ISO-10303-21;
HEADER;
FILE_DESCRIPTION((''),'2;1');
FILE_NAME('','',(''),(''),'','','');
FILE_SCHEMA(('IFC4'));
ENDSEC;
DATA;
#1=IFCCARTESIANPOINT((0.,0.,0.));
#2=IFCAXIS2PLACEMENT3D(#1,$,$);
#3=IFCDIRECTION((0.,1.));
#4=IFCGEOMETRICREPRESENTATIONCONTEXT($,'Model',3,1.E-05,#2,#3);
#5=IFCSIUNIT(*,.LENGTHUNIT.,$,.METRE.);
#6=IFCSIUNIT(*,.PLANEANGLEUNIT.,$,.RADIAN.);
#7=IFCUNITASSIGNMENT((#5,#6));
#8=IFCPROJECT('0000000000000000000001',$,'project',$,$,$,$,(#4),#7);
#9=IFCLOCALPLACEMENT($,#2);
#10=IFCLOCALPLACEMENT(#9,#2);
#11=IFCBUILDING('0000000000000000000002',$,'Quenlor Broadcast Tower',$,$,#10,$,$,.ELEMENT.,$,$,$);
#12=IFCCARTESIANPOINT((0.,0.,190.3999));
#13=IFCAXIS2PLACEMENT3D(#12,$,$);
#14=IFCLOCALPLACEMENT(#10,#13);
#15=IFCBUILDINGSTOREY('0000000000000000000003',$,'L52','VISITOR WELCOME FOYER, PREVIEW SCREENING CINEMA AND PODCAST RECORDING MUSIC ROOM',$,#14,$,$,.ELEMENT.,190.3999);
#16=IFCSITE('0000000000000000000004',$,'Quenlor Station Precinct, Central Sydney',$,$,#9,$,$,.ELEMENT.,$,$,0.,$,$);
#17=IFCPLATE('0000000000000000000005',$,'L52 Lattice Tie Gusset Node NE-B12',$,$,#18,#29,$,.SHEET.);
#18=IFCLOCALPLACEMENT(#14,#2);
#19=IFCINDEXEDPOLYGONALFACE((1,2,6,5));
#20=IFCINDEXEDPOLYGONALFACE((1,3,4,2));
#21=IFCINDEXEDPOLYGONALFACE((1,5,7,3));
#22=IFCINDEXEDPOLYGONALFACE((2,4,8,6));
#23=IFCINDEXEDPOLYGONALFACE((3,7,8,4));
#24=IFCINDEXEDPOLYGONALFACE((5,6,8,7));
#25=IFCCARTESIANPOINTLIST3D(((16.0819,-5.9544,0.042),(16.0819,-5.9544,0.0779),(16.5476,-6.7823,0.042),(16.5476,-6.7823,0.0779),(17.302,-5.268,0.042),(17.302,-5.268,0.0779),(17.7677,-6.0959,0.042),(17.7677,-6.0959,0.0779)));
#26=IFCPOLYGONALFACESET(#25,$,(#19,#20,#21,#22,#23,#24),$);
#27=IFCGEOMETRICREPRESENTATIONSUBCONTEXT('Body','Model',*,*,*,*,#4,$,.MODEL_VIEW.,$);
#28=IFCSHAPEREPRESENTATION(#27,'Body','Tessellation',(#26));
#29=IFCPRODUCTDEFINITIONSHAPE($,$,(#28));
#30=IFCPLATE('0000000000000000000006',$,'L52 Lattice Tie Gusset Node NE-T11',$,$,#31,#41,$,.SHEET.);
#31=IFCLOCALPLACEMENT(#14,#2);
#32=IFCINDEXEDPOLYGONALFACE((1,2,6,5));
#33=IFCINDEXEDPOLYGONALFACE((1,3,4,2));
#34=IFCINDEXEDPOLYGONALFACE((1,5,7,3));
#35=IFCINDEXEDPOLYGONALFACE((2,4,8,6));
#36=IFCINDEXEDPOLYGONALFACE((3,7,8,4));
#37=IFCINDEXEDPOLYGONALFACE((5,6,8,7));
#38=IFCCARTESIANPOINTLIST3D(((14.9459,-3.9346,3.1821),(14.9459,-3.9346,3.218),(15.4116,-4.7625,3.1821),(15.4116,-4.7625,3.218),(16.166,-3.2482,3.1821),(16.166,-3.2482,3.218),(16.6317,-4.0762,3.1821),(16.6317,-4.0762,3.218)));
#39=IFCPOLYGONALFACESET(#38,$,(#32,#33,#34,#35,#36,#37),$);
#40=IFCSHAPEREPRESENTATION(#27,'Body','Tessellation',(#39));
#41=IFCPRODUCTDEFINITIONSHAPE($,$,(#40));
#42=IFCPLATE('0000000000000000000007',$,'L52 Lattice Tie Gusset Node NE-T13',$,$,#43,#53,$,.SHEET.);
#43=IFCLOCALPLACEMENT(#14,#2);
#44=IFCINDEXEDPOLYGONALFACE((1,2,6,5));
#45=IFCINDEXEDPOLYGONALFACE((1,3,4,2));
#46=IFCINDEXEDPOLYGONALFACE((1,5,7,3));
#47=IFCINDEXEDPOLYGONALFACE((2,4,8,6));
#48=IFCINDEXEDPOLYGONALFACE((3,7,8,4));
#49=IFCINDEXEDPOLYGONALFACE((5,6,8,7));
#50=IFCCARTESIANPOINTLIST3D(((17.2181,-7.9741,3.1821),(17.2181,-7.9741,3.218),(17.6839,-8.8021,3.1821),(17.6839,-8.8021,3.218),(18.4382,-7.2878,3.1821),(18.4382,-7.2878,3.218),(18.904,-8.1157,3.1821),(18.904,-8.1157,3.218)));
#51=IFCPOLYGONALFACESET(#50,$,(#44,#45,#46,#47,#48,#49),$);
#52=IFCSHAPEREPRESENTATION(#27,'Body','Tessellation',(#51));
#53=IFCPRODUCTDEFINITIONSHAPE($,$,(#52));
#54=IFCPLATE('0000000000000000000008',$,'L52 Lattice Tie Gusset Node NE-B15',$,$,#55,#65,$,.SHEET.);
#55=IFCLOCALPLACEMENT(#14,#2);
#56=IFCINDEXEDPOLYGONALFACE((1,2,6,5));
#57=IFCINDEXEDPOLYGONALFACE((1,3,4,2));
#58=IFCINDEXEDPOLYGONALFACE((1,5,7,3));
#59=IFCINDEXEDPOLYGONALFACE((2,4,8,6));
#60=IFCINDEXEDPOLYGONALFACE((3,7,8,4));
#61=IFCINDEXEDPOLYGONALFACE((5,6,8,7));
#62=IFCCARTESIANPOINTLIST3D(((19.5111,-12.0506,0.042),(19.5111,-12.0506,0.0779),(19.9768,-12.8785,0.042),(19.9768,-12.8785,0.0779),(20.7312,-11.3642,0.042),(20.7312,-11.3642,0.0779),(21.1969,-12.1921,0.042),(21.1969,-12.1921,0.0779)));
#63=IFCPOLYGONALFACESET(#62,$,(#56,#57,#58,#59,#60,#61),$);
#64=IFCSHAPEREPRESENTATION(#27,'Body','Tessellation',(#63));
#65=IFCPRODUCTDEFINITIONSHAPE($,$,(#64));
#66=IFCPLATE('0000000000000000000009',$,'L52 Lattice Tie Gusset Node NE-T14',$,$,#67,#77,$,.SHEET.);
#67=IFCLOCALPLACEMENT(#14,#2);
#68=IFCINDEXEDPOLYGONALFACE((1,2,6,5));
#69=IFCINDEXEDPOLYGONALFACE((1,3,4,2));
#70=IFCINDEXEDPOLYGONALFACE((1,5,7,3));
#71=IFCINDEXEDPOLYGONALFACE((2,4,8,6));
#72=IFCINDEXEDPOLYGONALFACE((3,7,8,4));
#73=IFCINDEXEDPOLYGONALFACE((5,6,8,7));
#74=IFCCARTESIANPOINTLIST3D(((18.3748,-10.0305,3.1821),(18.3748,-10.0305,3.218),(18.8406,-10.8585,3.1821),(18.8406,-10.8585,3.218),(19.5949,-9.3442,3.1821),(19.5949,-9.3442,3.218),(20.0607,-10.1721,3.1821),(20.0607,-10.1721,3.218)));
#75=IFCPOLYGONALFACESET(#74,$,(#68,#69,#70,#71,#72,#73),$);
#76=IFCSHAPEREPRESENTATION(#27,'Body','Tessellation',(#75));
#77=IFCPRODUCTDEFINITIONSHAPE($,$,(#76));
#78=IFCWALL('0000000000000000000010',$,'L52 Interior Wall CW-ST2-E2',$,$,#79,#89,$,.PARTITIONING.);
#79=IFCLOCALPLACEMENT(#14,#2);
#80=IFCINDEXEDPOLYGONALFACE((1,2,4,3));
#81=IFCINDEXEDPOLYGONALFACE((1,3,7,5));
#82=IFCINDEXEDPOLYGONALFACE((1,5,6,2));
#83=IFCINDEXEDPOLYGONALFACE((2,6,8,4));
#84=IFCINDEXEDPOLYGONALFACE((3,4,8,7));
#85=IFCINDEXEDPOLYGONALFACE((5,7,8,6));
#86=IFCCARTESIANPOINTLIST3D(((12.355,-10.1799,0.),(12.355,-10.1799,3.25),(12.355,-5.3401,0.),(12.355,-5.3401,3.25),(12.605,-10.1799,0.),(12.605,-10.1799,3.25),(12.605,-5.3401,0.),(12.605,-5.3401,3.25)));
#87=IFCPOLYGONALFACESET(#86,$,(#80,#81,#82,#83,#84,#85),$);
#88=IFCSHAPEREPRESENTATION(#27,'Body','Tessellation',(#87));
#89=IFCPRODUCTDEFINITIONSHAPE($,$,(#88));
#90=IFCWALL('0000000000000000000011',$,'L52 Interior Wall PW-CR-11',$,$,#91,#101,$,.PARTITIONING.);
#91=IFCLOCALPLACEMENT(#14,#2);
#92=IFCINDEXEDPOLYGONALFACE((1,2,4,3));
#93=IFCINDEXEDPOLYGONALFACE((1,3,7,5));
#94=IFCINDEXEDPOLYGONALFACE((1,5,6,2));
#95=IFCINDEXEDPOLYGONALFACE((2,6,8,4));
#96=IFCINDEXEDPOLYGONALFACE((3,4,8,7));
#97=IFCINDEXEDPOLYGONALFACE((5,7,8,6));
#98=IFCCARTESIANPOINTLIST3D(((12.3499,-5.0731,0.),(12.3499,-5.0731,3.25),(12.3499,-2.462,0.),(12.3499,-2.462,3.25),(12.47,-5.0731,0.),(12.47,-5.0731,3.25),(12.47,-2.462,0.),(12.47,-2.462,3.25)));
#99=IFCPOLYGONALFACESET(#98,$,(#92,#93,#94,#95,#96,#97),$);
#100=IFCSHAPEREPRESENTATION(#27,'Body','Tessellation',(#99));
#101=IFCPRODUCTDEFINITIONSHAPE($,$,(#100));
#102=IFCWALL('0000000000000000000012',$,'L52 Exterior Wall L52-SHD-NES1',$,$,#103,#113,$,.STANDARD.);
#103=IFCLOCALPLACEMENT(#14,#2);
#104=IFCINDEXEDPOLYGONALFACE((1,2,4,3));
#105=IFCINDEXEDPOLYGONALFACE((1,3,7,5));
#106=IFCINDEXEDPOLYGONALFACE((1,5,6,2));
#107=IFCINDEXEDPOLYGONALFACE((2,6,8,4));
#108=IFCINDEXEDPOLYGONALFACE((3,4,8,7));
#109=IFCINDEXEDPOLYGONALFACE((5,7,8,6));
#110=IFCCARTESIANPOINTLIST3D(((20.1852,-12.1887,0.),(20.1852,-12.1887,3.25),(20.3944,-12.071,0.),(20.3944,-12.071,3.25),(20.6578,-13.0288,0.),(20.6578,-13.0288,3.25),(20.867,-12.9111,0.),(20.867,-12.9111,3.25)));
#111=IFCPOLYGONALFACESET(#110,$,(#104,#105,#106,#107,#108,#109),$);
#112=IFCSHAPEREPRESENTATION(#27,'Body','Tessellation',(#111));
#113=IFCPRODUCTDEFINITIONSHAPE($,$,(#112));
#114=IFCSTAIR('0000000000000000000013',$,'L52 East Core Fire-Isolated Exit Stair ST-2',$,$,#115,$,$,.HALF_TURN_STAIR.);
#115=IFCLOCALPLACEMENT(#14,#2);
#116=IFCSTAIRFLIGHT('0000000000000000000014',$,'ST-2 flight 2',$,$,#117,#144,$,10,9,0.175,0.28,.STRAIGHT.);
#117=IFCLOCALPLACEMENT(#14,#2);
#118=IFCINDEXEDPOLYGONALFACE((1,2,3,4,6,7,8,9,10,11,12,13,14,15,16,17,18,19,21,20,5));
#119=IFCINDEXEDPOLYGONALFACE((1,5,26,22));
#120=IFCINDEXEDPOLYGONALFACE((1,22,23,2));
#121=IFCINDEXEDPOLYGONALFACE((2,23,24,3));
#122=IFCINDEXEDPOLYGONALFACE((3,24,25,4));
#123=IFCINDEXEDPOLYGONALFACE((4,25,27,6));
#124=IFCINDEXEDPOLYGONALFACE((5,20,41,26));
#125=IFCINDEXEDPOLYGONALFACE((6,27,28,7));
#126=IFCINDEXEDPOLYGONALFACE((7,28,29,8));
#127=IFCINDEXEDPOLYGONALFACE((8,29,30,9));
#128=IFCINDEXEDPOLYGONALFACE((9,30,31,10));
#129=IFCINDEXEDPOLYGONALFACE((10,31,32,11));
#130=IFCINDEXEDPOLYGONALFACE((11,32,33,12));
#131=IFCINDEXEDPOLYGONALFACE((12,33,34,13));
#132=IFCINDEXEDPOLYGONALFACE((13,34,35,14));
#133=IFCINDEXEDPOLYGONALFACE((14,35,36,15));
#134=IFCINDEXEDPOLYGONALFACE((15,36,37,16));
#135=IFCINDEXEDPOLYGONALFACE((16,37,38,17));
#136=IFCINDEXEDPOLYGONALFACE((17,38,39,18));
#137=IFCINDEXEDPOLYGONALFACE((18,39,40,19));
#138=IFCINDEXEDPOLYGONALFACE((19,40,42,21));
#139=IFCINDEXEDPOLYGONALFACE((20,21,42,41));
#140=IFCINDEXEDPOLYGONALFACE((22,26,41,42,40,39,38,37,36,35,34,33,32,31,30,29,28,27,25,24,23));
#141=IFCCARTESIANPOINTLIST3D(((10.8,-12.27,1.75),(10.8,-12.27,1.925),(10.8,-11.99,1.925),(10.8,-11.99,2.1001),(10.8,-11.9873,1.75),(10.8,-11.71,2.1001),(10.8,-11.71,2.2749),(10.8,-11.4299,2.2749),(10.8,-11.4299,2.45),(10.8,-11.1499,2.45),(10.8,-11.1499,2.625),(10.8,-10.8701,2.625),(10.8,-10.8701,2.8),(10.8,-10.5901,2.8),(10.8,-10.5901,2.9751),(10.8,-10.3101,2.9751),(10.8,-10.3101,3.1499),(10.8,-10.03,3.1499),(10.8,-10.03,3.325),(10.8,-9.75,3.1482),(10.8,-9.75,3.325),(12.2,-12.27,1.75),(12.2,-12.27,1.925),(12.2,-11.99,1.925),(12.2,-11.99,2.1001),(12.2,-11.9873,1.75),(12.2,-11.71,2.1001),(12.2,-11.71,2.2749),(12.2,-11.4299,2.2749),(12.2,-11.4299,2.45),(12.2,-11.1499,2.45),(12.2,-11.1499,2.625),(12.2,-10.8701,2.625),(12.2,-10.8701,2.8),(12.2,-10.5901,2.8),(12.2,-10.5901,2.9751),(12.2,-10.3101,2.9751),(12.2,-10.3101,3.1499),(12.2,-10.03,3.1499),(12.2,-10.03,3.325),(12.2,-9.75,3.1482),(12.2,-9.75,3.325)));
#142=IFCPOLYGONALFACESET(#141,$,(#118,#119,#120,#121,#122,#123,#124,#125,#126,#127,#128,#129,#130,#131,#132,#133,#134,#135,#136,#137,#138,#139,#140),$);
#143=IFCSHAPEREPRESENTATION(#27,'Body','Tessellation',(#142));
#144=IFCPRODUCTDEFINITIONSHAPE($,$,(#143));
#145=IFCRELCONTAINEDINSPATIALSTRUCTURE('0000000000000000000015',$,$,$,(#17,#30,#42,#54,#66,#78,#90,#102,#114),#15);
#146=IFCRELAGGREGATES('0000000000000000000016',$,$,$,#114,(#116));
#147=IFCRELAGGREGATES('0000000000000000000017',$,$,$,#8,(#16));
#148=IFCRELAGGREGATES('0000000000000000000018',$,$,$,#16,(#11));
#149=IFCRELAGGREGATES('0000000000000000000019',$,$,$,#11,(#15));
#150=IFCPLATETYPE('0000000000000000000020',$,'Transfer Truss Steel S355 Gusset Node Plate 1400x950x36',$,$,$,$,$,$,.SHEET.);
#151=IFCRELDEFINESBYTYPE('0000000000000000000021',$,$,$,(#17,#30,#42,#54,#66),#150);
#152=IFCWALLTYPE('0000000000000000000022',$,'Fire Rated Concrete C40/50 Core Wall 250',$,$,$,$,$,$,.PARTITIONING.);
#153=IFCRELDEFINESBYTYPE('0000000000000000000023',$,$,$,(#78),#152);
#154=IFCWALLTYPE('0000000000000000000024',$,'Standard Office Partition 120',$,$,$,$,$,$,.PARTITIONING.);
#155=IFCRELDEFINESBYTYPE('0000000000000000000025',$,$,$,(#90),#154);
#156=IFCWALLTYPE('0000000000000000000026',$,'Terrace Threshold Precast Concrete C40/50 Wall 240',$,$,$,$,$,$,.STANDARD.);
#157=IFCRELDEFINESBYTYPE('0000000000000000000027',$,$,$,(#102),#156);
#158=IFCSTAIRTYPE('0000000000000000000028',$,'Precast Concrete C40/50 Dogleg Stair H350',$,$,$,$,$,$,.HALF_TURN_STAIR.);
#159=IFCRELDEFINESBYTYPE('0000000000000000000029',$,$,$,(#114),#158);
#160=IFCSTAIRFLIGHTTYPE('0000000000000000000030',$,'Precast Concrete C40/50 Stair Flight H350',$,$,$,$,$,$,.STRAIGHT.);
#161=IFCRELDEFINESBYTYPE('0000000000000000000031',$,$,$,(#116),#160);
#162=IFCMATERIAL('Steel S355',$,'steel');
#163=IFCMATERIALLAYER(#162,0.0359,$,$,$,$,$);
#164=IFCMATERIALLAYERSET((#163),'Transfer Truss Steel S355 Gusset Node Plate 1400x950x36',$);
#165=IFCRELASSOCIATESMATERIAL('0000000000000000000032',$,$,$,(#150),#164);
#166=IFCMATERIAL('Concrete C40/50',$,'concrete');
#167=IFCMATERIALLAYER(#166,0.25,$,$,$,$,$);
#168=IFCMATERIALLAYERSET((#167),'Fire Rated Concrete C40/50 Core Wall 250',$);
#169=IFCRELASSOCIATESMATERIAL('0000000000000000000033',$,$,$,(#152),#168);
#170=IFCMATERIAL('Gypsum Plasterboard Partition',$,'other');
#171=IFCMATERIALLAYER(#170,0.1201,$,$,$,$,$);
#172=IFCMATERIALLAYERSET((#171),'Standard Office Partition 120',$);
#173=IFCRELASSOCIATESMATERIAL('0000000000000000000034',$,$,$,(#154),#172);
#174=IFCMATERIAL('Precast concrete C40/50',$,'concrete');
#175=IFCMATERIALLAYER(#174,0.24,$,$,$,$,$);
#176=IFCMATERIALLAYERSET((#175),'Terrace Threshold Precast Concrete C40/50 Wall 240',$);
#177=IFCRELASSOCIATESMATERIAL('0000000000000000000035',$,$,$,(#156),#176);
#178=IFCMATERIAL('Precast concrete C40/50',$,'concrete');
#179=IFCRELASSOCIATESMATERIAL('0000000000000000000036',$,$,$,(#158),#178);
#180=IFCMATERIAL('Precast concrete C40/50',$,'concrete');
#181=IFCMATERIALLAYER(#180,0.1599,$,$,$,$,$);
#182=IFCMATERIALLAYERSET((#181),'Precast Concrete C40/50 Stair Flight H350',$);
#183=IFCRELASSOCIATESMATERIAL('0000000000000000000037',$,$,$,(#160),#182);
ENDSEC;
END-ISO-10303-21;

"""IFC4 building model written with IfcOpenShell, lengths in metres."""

from ifc_helpers import new_model, si_unit, direction, frame, frame_2d, origin, origin_2d, place, context, subcontext, project, spatial, polyline, rectangle, outline, extrude, material, layer, layer_set, type_object, element, aggregate, save


model = new_model("IFC4")

# Units and contexts
model_context = context("Model", 3, precision=1e-05, world=origin(), true_north=direction((0.0, 1.0)))
body_context = subcontext(model_context, "Body", "Model", "MODEL_VIEW")
ifc_project = project(units=[si_unit("LENGTHUNIT", "METRE"), si_unit("PLANEANGLEUNIT", "RADIAN")], contexts=[model_context])

# Site, building, storey
site_placement = place(None, origin())
site = spatial("IfcSite", under=ifc_project, at=site_placement, Name="Quenlor Station Precinct, Central Sydney", CompositionType="ELEMENT", RefElevation=0.0)
building_placement = place(site_placement, origin())
building = spatial("IfcBuilding", under=site, at=building_placement, Name="Quenlor Broadcast Tower", CompositionType="ELEMENT")
storey_placement = place(building_placement, frame((0.0, 0.0, 190.3999)))
storey = spatial("IfcBuildingStorey", under=building, at=storey_placement, Name="L52", Description="VISITOR WELCOME FOYER, PREVIEW SCREENING CINEMA AND PODCAST RECORDING MUSIC ROOM", CompositionType="ELEMENT", Elevation=190.3999)

# Plates
ifc_material_1 = material(Name="Steel S355", Category="steel")
ifc_layer_1 = layer(ifc_material_1, 0.0359)
ifc_layer_set_1 = layer_set([ifc_layer_1], Name="Transfer Truss Steel S355 Gusset Node Plate 1400x950x36")
plate_type = type_object("IfcPlateType", Name="Transfer Truss Steel S355 Gusset Node Plate 1400x950x36", PredefinedType="SHEET", material=ifc_layer_set_1)
for number, where, z_axis, x_axis, name in (
    (1, (16.9248, -6.0251, 0.042), (0.0, 0.0, 1.0), (0.871556, 0.490295, 0.0), "L52 Lattice Tie Gusset Node NE-B12"),
    (2, (15.7888, -4.0054, 3.1821), (0.0, 0.0, 1.0), (0.871556, 0.490295, 0.0), "L52 Lattice Tie Gusset Node NE-T11"),
    (3, (18.061, -8.0449, 3.1821), (0.0, 0.0, 1.0), (0.871556, 0.490295, 0.0), "L52 Lattice Tie Gusset Node NE-T13"),
    (4, (20.354, -12.1213, 0.042), (0.0, 0.0, 1.0), (0.871556, 0.490295, 0.0), "L52 Lattice Tie Gusset Node NE-B15"),
    (5, (19.2178, -10.1013, 3.1821), (0.0, 0.0, 1.0), (0.871556, 0.490295, 0.0), "L52 Lattice Tie Gusset Node NE-T14"),
):
    element("IfcPlate", number, at=place(storey_placement, frame(where, z_axis=z_axis, x_axis=x_axis)), inside=storey, type_object=plate_type, Name=name, PredefinedType="SHEET", context=body_context, shape_type="SweptSolid", body=[
        extrude(rectangle(XDim=1.3999, YDim=0.95, at=origin_2d()), origin(), (0.0, 0.0, 1.0), 0.0359),
    ])

# Walls
ifc_material_2 = material(Name="Concrete C40/50", Category="concrete")
ifc_layer_2 = layer(ifc_material_2, 0.25)
ifc_layer_set_2 = layer_set([ifc_layer_2], Name="Fire Rated Concrete C40/50 Core Wall 250")
wall_type_1 = type_object("IfcWallType", Name="Fire Rated Concrete C40/50 Core Wall 250", PredefinedType="PARTITIONING", material=ifc_layer_set_2)
wall_1_placement = place(storey_placement, frame((12.48, -10.1799, 0.0), z_axis=(0.0, 0.0, 1.0), x_axis=(0.0, 1.0, 0.0)))
element("IfcWall", 6, at=wall_1_placement, inside=storey, type_object=wall_type_1, Name="L52 Interior Wall CW-ST2-E2", PredefinedType="PARTITIONING", context=body_context, shape_type="SweptSolid", body=[
    extrude(rectangle(XDim=4.8398, YDim=0.25, at=frame_2d((2.4199, 0.0))), origin(), (0.0, 0.0, 1.0), 3.25),
])
ifc_material_3 = material(Name="Gypsum Plasterboard Partition", Category="other")
ifc_layer_3 = layer(ifc_material_3, 0.1201)
ifc_layer_set_3 = layer_set([ifc_layer_3], Name="Standard Office Partition 120")
wall_type_2 = type_object("IfcWallType", Name="Standard Office Partition 120", PredefinedType="PARTITIONING", material=ifc_layer_set_3)
wall_2_placement = place(storey_placement, frame((12.4099, -2.4619, 0.0), z_axis=(0.0, 0.0, 1.0), x_axis=(0.0, -1.0, 0.0)))
element("IfcWall", 7, at=wall_2_placement, inside=storey, type_object=wall_type_2, Name="L52 Interior Wall PW-CR-11", PredefinedType="PARTITIONING", context=body_context, shape_type="SweptSolid", body=[
    extrude(rectangle(XDim=2.6111, YDim=0.1201, at=frame_2d((1.3057, 0.0))), origin(), (0.0, 0.0, 1.0), 3.25),
])
ifc_material_4 = material(Name="Precast concrete C40/50", Category="concrete")
ifc_layer_4 = layer(ifc_material_4, 0.24)
ifc_layer_set_4 = layer_set([ifc_layer_4], Name="Terrace Threshold Precast Concrete C40/50 Wall 240")
wall_type_3 = type_object("IfcWallType", Name="Terrace Threshold Precast Concrete C40/50 Wall 240", PredefinedType="STANDARD", material=ifc_layer_set_4)
wall_3_placement = place(storey_placement, frame((20.2898, -12.1299, 0.0), z_axis=(0.0, 0.0, 1.0), x_axis=(0.490345, -0.871528, 0.0)))
element("IfcWall", 8, at=wall_3_placement, inside=storey, type_object=wall_type_3, Name="L52 Exterior Wall L52-SHD-NES1", PredefinedType="STANDARD", context=body_context, shape_type="SweptSolid", body=[
    extrude(rectangle(XDim=0.9639, YDim=0.24, at=frame_2d((0.4819, 0.0))), origin(), (0.0, 0.0, 1.0), 3.25),
])

# Stair, stair flight
ifc_material_5 = material(Name="Precast concrete C40/50", Category="concrete")
stair_type = type_object("IfcStairType", Name="Precast Concrete C40/50 Dogleg Stair H350", PredefinedType="HALF_TURN_STAIR", material=ifc_material_5)
stair_placement = place(storey_placement, origin())
stair = element("IfcStair", 9, at=stair_placement, inside=storey, type_object=stair_type, Name="L52 East Core Fire-Isolated Exit Stair ST-2", PredefinedType="HALF_TURN_STAIR")
ifc_material_6 = material(Name="Precast concrete C40/50", Category="concrete")
ifc_layer_5 = layer(ifc_material_6, 0.1599)
ifc_layer_set_5 = layer_set([ifc_layer_5], Name="Precast Concrete C40/50 Stair Flight H350")
stair_flight_type = type_object("IfcStairFlightType", Name="Precast Concrete C40/50 Stair Flight H350", PredefinedType="STRAIGHT", material=ifc_layer_set_5)
stair_flight_placement = place(storey_placement, frame((11.5, -12.27, 1.75), z_axis=(0.0, 0.0, 1.0), x_axis=(0.0, 1.0, 0.0)))
stair_flight = element("IfcStairFlight", 10, at=stair_flight_placement, type_object=stair_flight_type, Name="ST-2 flight 2", NumberOfRisers=10, NumberOfTreads=9, PredefinedType="STRAIGHT", RiserHeight=0.175, TreadLength=0.28, context=body_context, shape_type="SweptSolid", body=[
    extrude(outline(polyline([(0.0, 0.0), (0.0, 0.175), (0.28, 0.175), (0.28, 0.3501), (0.5601, 0.3501), (0.5601, 0.5249), (0.8401, 0.5249), (0.8401, 0.7), (1.1201, 0.7), (1.1201, 0.875), (1.3999, 0.875), (1.3999, 1.05), (1.6799, 1.05), (1.6799, 1.2251), (1.96, 1.2251), (1.96, 1.3999), (2.24, 1.3999), (2.24, 1.575), (2.52, 1.575), (2.52, 1.75), (2.52, 1.3982), (0.2827, 0.0), (0.0, 0.0)])), frame((0.0, 0.7, 0.0), z_axis=(0.0, -1.0, 0.0), x_axis=(1.0, 0.0, 0.0)), (0.0, 0.0, 1.0), 1.3999),
])
aggregate(stair, [stair_flight])

save(model, "model.ifc")
